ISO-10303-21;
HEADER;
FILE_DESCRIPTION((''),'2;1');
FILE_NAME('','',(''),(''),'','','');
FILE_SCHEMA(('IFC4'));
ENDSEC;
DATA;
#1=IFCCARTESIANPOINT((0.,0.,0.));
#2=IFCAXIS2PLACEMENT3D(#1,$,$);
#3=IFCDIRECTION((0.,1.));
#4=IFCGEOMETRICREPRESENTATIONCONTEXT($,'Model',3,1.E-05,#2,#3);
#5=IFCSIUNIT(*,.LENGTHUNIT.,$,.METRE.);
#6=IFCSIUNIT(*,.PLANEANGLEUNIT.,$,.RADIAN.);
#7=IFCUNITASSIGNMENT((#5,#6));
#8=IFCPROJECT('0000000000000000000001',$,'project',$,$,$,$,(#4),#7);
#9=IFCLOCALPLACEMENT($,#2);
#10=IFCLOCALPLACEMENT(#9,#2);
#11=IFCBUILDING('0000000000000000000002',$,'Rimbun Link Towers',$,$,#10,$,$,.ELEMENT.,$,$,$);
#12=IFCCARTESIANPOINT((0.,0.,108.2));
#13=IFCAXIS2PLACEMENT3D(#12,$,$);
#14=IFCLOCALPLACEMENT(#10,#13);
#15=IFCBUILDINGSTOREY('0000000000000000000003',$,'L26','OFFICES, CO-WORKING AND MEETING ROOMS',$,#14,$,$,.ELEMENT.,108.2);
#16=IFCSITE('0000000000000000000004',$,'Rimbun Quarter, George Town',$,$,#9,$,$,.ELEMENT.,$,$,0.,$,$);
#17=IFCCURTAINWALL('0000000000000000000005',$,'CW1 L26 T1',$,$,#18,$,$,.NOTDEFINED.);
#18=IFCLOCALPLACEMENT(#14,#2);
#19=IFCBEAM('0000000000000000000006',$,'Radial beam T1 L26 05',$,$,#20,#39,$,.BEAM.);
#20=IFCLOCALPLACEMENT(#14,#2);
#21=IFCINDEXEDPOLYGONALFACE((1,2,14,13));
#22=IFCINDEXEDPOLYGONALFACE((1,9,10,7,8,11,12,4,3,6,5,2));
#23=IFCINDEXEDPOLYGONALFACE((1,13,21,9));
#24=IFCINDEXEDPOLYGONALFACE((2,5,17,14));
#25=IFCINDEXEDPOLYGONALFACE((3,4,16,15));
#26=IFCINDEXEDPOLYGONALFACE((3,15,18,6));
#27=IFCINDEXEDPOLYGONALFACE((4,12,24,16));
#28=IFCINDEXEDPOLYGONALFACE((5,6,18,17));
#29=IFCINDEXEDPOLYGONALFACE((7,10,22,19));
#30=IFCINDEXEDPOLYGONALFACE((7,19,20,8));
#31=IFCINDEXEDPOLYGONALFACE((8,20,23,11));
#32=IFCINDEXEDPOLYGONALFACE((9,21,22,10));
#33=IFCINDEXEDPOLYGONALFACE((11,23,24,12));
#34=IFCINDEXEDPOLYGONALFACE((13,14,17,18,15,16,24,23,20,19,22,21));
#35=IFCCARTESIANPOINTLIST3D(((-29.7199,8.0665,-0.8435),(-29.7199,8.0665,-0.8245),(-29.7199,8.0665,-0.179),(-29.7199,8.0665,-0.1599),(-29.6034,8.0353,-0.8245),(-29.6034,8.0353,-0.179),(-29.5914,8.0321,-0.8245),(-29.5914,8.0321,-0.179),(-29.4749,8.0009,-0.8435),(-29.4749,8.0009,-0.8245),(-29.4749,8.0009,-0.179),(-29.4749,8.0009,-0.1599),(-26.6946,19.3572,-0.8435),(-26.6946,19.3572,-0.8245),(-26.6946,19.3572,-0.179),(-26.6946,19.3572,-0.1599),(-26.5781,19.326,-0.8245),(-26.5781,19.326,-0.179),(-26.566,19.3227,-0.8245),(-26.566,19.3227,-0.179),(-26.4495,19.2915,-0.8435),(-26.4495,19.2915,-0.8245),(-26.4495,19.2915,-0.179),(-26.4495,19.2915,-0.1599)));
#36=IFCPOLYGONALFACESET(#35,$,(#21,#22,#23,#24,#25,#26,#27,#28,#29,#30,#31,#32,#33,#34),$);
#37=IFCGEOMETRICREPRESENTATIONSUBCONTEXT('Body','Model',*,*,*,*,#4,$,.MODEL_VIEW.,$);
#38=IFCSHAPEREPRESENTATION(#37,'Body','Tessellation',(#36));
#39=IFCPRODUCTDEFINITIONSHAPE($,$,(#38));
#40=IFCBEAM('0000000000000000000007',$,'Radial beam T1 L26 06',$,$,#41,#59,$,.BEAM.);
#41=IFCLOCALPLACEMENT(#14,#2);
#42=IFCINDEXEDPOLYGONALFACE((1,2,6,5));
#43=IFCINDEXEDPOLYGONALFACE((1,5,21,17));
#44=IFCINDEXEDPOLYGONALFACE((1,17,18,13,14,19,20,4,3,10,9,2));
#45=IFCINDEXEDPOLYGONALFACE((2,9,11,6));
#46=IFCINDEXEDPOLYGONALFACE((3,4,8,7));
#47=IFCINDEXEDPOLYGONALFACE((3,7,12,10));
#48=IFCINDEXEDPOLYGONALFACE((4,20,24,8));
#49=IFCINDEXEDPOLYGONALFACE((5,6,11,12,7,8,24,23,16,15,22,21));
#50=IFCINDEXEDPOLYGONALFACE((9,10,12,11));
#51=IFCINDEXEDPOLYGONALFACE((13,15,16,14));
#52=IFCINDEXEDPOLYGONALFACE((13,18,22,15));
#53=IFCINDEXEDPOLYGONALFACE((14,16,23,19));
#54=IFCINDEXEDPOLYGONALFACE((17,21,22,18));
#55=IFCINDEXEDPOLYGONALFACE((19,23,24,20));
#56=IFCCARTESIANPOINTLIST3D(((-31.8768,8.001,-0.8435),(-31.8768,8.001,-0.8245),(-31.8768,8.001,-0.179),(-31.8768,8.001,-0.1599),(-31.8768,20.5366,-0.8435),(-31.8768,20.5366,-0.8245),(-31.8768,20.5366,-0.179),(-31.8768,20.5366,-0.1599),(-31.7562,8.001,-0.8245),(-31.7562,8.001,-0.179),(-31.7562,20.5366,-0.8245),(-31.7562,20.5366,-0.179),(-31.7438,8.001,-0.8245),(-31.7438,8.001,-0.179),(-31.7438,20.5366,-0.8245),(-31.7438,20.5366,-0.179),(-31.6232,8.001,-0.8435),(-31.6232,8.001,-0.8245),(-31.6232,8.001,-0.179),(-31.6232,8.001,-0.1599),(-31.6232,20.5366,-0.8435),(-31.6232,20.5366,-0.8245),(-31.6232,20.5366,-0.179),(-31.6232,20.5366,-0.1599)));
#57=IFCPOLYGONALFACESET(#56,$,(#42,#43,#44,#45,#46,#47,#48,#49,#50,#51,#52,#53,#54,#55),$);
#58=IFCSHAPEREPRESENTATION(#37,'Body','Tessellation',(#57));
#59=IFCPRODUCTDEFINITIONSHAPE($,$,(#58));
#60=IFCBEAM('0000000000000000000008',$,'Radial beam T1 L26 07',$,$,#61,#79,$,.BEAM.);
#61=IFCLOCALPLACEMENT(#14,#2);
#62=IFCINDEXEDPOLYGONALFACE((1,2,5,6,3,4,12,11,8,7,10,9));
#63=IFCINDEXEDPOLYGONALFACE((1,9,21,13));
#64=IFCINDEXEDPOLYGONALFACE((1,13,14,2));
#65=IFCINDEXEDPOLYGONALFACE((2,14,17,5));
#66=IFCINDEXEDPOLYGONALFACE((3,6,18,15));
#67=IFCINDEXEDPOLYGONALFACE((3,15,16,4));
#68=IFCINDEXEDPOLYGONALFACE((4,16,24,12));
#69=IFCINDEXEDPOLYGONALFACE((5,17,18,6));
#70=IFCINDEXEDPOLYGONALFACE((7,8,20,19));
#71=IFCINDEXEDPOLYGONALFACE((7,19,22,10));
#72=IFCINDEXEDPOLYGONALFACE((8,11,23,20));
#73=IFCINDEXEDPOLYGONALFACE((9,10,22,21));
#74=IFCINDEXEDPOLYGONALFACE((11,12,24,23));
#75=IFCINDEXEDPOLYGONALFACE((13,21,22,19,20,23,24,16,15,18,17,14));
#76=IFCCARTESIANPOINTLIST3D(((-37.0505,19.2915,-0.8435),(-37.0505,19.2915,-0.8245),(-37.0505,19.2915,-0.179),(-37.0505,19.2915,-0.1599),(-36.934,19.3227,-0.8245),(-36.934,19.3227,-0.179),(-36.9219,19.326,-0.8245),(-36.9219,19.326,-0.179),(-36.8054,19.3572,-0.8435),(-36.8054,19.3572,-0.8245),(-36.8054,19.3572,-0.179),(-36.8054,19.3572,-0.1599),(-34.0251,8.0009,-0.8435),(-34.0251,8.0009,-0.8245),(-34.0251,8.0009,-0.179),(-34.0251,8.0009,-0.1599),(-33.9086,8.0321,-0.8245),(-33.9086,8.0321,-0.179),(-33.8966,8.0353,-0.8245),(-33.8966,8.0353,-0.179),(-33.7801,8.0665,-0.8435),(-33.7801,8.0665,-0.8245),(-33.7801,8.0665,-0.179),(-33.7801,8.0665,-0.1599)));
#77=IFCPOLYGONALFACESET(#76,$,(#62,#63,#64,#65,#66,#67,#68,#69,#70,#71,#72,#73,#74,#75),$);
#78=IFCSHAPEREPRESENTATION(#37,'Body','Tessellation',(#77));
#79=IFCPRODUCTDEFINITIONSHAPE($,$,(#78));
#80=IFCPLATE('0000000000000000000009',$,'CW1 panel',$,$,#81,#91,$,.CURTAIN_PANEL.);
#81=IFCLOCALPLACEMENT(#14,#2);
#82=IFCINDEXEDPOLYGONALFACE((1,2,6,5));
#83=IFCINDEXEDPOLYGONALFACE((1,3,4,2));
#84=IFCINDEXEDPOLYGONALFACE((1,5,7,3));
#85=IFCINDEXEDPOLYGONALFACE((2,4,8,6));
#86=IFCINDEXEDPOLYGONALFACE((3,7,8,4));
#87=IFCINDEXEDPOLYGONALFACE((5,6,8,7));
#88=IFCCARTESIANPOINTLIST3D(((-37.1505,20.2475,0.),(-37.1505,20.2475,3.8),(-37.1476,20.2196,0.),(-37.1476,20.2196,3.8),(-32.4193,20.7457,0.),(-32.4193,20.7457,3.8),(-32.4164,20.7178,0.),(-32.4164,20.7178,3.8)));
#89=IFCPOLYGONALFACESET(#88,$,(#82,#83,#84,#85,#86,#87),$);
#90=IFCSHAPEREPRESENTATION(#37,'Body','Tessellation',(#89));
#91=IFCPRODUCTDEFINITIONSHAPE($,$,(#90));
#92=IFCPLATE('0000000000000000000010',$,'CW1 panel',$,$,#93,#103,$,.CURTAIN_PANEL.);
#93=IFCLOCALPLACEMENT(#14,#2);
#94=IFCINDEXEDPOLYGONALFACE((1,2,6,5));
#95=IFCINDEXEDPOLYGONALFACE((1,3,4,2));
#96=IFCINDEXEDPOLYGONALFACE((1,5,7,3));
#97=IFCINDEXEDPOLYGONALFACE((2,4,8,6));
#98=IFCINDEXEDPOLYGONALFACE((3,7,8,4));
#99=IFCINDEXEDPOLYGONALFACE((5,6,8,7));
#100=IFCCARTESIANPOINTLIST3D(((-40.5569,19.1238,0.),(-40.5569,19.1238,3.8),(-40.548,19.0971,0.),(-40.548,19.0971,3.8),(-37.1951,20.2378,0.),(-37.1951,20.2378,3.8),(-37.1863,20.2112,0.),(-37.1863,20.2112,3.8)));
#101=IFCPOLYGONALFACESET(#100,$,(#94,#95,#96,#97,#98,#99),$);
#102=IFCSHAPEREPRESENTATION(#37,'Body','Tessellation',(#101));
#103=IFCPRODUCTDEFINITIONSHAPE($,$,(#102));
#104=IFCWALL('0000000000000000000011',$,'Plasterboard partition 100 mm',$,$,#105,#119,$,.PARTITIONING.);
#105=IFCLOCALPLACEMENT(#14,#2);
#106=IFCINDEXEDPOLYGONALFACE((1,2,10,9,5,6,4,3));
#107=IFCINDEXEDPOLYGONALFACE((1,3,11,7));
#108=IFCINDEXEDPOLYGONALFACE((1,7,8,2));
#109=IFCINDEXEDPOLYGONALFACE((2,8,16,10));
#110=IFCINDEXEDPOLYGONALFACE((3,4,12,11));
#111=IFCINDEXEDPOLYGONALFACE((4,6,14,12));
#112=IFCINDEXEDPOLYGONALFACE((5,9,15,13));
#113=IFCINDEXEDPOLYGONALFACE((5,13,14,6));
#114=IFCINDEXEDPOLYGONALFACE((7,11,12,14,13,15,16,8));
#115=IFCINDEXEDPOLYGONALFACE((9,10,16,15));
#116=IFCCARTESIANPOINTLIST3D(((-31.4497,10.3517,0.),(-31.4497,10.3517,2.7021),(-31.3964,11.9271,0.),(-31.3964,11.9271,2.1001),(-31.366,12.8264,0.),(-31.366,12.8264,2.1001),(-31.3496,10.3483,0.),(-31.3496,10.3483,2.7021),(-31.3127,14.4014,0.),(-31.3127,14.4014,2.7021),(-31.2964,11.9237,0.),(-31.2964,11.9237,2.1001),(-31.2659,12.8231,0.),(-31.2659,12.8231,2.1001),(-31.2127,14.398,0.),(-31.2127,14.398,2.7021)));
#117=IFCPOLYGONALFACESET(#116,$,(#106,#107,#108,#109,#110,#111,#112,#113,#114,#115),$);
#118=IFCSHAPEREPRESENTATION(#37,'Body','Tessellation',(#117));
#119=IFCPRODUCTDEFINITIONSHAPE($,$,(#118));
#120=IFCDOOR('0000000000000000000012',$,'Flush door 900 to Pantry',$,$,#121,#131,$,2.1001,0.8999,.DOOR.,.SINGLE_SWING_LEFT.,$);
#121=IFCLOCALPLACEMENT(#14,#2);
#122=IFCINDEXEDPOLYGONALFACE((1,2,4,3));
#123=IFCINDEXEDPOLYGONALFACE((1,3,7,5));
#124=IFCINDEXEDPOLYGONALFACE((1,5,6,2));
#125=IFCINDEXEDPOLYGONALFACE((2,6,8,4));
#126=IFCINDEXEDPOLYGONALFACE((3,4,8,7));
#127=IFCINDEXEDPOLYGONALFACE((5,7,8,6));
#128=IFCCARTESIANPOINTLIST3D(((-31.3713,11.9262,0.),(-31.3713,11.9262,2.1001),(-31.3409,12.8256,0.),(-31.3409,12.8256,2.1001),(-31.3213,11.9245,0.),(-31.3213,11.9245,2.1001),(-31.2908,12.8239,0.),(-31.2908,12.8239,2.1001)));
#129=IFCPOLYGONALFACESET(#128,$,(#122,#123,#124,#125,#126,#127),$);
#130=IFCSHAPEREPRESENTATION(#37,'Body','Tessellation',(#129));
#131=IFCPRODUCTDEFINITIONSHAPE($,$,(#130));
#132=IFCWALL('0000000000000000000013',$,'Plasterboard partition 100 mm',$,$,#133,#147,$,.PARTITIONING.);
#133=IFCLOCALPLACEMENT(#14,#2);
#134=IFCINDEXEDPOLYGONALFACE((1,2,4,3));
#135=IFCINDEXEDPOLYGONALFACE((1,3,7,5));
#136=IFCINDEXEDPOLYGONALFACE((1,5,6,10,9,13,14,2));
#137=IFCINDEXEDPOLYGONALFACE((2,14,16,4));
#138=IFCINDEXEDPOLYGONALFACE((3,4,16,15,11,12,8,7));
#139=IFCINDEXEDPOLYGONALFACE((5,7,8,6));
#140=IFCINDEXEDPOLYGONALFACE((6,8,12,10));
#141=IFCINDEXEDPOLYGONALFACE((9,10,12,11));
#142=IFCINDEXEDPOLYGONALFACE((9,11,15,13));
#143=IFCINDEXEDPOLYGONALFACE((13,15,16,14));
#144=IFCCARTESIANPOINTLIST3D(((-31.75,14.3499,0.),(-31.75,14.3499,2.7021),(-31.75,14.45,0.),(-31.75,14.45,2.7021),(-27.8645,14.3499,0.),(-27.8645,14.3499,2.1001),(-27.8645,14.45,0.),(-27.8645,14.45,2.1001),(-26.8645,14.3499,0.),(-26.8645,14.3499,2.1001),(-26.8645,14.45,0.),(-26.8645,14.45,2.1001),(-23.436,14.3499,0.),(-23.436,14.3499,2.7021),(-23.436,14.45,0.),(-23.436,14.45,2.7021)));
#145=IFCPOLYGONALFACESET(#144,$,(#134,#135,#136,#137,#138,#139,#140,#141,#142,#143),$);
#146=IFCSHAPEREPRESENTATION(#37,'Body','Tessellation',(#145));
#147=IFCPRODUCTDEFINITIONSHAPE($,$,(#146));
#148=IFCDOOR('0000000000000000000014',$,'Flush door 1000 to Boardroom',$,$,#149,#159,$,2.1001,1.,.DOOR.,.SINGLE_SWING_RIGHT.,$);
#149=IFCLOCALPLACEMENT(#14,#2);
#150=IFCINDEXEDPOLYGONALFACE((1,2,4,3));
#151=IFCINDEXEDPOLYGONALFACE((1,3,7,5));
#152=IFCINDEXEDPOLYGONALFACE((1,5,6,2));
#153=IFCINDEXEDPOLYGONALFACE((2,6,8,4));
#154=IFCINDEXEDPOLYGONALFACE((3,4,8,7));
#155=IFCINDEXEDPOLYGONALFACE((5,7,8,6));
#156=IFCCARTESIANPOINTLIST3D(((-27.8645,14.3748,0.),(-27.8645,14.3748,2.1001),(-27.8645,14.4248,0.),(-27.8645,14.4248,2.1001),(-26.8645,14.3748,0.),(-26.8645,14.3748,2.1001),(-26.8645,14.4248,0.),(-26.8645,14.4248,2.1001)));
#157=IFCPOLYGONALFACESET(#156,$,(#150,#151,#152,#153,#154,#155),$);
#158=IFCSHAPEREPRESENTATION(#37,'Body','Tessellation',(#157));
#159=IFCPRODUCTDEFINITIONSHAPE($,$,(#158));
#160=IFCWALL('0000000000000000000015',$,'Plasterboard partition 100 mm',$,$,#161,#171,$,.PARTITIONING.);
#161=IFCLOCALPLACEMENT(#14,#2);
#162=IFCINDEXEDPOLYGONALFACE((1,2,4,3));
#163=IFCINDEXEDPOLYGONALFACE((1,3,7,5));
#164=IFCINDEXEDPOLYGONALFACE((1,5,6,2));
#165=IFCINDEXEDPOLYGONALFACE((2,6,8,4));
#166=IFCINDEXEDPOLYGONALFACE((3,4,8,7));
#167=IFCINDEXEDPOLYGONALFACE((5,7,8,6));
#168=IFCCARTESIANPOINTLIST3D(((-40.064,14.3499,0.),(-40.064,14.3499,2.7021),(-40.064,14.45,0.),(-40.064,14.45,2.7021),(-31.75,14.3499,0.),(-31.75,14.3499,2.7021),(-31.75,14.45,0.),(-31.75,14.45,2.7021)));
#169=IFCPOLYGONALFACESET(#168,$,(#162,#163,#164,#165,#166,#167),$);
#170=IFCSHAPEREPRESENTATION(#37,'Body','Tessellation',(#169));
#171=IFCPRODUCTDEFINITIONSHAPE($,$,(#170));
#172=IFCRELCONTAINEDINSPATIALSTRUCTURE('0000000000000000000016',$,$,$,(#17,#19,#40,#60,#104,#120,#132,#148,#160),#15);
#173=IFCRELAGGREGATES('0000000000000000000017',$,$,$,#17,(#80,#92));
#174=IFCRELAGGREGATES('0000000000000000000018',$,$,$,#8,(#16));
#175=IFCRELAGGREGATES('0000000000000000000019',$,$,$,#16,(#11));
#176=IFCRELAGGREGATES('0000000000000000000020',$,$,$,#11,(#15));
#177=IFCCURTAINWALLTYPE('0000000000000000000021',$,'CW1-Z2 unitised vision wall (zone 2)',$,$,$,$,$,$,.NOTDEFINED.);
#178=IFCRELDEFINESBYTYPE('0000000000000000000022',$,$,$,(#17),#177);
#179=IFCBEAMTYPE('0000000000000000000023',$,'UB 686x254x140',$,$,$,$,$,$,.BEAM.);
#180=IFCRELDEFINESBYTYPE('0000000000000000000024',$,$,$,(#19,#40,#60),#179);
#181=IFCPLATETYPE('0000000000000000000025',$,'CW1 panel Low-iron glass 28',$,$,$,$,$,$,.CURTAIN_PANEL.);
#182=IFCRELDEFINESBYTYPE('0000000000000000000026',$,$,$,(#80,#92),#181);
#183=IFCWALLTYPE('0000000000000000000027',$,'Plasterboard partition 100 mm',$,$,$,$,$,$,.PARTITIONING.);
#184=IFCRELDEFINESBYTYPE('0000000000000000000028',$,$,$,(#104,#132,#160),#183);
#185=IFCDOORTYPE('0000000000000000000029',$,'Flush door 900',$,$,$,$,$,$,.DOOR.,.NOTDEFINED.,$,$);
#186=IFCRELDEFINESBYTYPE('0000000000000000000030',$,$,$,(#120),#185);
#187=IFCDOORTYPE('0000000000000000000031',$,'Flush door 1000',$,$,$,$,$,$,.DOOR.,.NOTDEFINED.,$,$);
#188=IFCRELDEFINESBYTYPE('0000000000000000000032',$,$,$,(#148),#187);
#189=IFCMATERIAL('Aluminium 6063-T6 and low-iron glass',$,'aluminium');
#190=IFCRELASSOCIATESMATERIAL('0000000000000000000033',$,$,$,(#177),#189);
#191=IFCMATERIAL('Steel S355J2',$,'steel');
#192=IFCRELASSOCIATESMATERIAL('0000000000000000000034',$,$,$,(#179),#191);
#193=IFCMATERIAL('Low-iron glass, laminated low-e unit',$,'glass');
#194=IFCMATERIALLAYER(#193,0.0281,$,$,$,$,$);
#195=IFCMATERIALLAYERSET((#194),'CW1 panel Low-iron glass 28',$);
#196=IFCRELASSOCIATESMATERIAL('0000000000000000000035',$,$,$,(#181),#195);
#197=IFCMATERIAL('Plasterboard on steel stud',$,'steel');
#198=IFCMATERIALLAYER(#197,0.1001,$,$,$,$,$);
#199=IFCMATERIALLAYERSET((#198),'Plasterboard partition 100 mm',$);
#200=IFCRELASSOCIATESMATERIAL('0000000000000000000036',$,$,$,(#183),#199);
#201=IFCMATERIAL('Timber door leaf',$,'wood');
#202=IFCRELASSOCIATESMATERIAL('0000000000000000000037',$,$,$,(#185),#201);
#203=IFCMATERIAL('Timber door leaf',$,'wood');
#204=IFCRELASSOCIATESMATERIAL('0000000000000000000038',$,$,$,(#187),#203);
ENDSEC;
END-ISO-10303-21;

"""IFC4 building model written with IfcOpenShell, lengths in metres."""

from ifc_helpers import new_model, si_unit, direction, frame, frame_2d, origin, origin_2d, place, context, subcontext, project, spatial, rectangle, i_section, extrude, material, layer, layer_set, material_profile, profile_set, type_object, element, fill, aggregate, save


model = new_model("IFC4")

# Units and contexts
model_context = context("Model", 3, precision=1e-05, world=origin(), true_north=direction((0.0, 1.0)))
body_context = subcontext(model_context, "Body", "Model", "MODEL_VIEW")
ifc_project = project(units=[si_unit("LENGTHUNIT", "METRE"), si_unit("PLANEANGLEUNIT", "RADIAN")], contexts=[model_context])

# Site, building, storey
site_placement = place(None, origin())
site = spatial("IfcSite", under=ifc_project, at=site_placement, Name="Rimbun Quarter, George Town", CompositionType="ELEMENT", RefElevation=0.0)
building_placement = place(site_placement, origin())
building = spatial("IfcBuilding", under=site, at=building_placement, Name="Rimbun Link Towers", CompositionType="ELEMENT")
storey_placement = place(building_placement, frame((0.0, 0.0, 108.2)))
storey = spatial("IfcBuildingStorey", under=building, at=storey_placement, Name="L26", Description="OFFICES, CO-WORKING AND MEETING ROOMS", CompositionType="ELEMENT", Elevation=108.2)

# Curtain wall
ifc_material_1 = material(Name="Aluminium 6063-T6 and low-iron glass", Category="aluminium")
curtain_wall_type = type_object("IfcCurtainWallType", Name="CW1-Z2 unitised vision wall (zone 2)", PredefinedType="NOTDEFINED", material=ifc_material_1)
curtain_wall_placement = place(storey_placement, origin())
curtain_wall = element("IfcCurtainWall", 1, at=curtain_wall_placement, inside=storey, type_object=curtain_wall_type, Name="CW1 L26 T1", PredefinedType="NOTDEFINED")

# Beams
ifc_material_2 = material(Name="Steel S355J2", Category="steel")
ifc_material_profile_1 = material_profile(ifc_material_2, i_section(OverallWidth=0.2537, OverallDepth=0.6836, WebThickness=0.0125, FlangeThickness=0.019, at=origin_2d()), Name="UB 686x254x140")
ifc_profile_set_1 = profile_set([ifc_material_profile_1], Name="Steel S355J2")
beam_type_1 = type_object("IfcBeamType", Name="UB 686x254x140", PredefinedType="BEAM", material=ifc_profile_set_1)
beam_1_placement = place(storey_placement, frame((-29.5974, 8.0337, -0.5017), z_axis=(0.258822, 0.965925, 0.0), x_axis=(-0.965925, 0.258822, 0.0)))
element("IfcBeam", 2, at=beam_1_placement, inside=storey, type_object=beam_type_1, Name="Radial beam T1 L26 05", PredefinedType="BEAM", context=body_context, shape_type="SweptSolid", body=[
    extrude(i_section(OverallWidth=0.2537, OverallDepth=0.6836, WebThickness=0.0125, FlangeThickness=0.019, at=origin_2d()), origin(), (0.0, 0.0, 1.0), 11.689),
])
beam_2_placement = place(storey_placement, frame((-31.75, 8.001, -0.5017), z_axis=(0.0, 1.0, 0.0), x_axis=(-1.0, 0.0, 0.0)))
element("IfcBeam", 3, at=beam_2_placement, inside=storey, type_object=beam_type_1, Name="Radial beam T1 L26 06", PredefinedType="BEAM", context=body_context, shape_type="SweptSolid", body=[
    extrude(i_section(OverallWidth=0.2537, OverallDepth=0.6836, WebThickness=0.0125, FlangeThickness=0.019, at=origin_2d()), origin(), (0.0, 0.0, 1.0), 12.5356),
])
beam_3_placement = place(storey_placement, frame((-33.9026, 8.0337, -0.5017), z_axis=(-0.258822, 0.965925, 0.0), x_axis=(-0.965925, -0.258822, 0.0)))
element("IfcBeam", 4, at=beam_3_placement, inside=storey, type_object=beam_type_1, Name="Radial beam T1 L26 07", PredefinedType="BEAM", context=body_context, shape_type="SweptSolid", body=[
    extrude(i_section(OverallWidth=0.2537, OverallDepth=0.6836, WebThickness=0.0125, FlangeThickness=0.019, at=origin_2d()), origin(), (0.0, 0.0, 1.0), 11.689),
])

# Plates
ifc_material_3 = material(Name="Low-iron glass, laminated low-e unit", Category="glass")
ifc_layer_1 = layer(ifc_material_3, 0.0281)
ifc_layer_set_1 = layer_set([ifc_layer_1], Name="CW1 panel Low-iron glass 28")
plate_type = type_object("IfcPlateType", Name="CW1 panel Low-iron glass 28", PredefinedType="CURTAIN_PANEL", material=ifc_layer_set_1)
plate_1_placement = place(storey_placement, frame((-34.7834, 20.4827, 0.0), z_axis=(0.0, 0.0, 1.0), x_axis=(0.994501, 0.104732, 0.0)))
plate_1 = element("IfcPlate", 5, at=plate_1_placement, type_object=plate_type, Name="CW1 panel", PredefinedType="CURTAIN_PANEL", context=body_context, shape_type="SweptSolid", body=[
    extrude(rectangle(XDim=4.7573, YDim=0.0281, at=origin_2d()), origin(), (0.0, 0.0, 1.0), 3.8),
])
plate_2_placement = place(storey_placement, frame((-38.8716, 19.6675, 0.0), z_axis=(0.0, 0.0, 1.0), x_axis=(0.949237, 0.314562, 0.0)))
plate_2 = element("IfcPlate", 6, at=plate_2_placement, type_object=plate_type, Name="CW1 panel", PredefinedType="CURTAIN_PANEL", context=body_context, shape_type="SweptSolid", body=[
    extrude(rectangle(XDim=3.5415, YDim=0.0281, at=origin_2d()), origin(), (0.0, 0.0, 1.0), 3.8),
])
aggregate(curtain_wall, [plate_1, plate_2])

# Walls, openings, doors
ifc_material_4 = material(Name="Plasterboard on steel stud", Category="steel")
ifc_layer_2 = layer(ifc_material_4, 0.1001)
ifc_layer_set_2 = layer_set([ifc_layer_2], Name="Plasterboard partition 100 mm")
wall_type_1 = type_object("IfcWallType", Name="Plasterboard partition 100 mm", PredefinedType="PARTITIONING", material=ifc_layer_set_2)
wall_1_placement = place(storey_placement, frame((-31.3997, 10.3501, 0.0), z_axis=(0.0, 0.0, 1.0), x_axis=(0.0338, 0.999429, 0.0)))
wall_1 = element("IfcWall", 7, at=wall_1_placement, inside=storey, type_object=wall_type_1, Name="Plasterboard partition 100 mm", PredefinedType="PARTITIONING", context=body_context, shape_type="SweptSolid", body=[
    extrude(rectangle(XDim=4.052, YDim=0.1001, at=frame_2d((2.0259, 0.0))), origin(), (0.0, 0.0, 1.0), 2.7021),
])
opening_1_placement = place(wall_1_placement, frame((1.5762, 0.0, 0.0)))
opening_1 = element("IfcOpeningElement", 8, at=opening_1_placement, cuts=wall_1, PredefinedType="OPENING", context=body_context, shape_type="SweptSolid", body=[
    extrude(rectangle(XDim=0.8999, YDim=2.1001, at=frame_2d((0.45, 1.05))), frame((0.0, 0.0601, 0.0), z_axis=(0.0, -1.0, 0.0), x_axis=(1.0, 0.0, 0.0)), (0.0, 0.0, 1.0), 0.1201),
])
ifc_material_5 = material(Name="Timber door leaf", Category="wood")
door_type_1 = type_object("IfcDoorType", Name="Flush door 900", OperationType="NOTDEFINED", PredefinedType="DOOR", material=ifc_material_5)
door_1_placement = place(opening_1_placement, origin())
door_1 = element("IfcDoor", 9, at=door_1_placement, inside=storey, type_object=door_type_1, Name="Flush door 900 to Pantry", OperationType="SINGLE_SWING_LEFT", OverallHeight=2.1001, OverallWidth=0.8999, PredefinedType="DOOR", context=body_context, shape_type="SweptSolid", body=[
    extrude(rectangle(XDim=0.8999, YDim=2.1001, at=frame_2d((0.45, 1.05))), frame((0.0, 0.0249, 0.0), z_axis=(0.0, -1.0, 0.0), x_axis=(1.0, 0.0, 0.0)), (0.0, 0.0, 1.0), 0.05),
])
fill(opening_1, door_1)
wall_2_placement = place(storey_placement, frame((-31.75, 14.3999, 0.0), z_axis=(0.0, 0.0, 1.0), x_axis=(1.0, 0.0, 0.0)))
wall_2 = element("IfcWall", 10, at=wall_2_placement, inside=storey, type_object=wall_type_1, Name="Plasterboard partition 100 mm", PredefinedType="PARTITIONING", context=body_context, shape_type="SweptSolid", body=[
    extrude(rectangle(XDim=8.314, YDim=0.1001, at=frame_2d((4.157, 0.0))), origin(), (0.0, 0.0, 1.0), 2.7021),
])
opening_2_placement = place(wall_2_placement, frame((3.8855, 0.0, 0.0)))
opening_2 = element("IfcOpeningElement", 11, at=opening_2_placement, cuts=wall_2, PredefinedType="OPENING", context=body_context, shape_type="SweptSolid", body=[
    extrude(rectangle(XDim=1.0, YDim=2.1001, at=frame_2d((0.5, 1.05))), frame((0.0, 0.0601, 0.0), z_axis=(0.0, -1.0, 0.0), x_axis=(1.0, 0.0, 0.0)), (0.0, 0.0, 1.0), 0.1201),
])
ifc_material_6 = material(Name="Timber door leaf", Category="wood")
door_type_2 = type_object("IfcDoorType", Name="Flush door 1000", OperationType="NOTDEFINED", PredefinedType="DOOR", material=ifc_material_6)
door_2_placement = place(opening_2_placement, origin())
door_2 = element("IfcDoor", 12, at=door_2_placement, inside=storey, type_object=door_type_2, Name="Flush door 1000 to Boardroom", OperationType="SINGLE_SWING_RIGHT", OverallHeight=2.1001, OverallWidth=1.0, PredefinedType="DOOR", context=body_context, shape_type="SweptSolid", body=[
    extrude(rectangle(XDim=1.0, YDim=2.1001, at=frame_2d((0.5, 1.05))), frame((0.0, 0.0249, 0.0), z_axis=(0.0, -1.0, 0.0), x_axis=(1.0, 0.0, 0.0)), (0.0, 0.0, 1.0), 0.05),
])
fill(opening_2, door_2)

# Wall
wall_3_placement = place(storey_placement, frame((-31.75, 14.3999, 0.0), z_axis=(0.0, 0.0, 1.0), x_axis=(-1.0, 0.0, 0.0)))
element("IfcWall", 13, at=wall_3_placement, inside=storey, type_object=wall_type_1, Name="Plasterboard partition 100 mm", PredefinedType="PARTITIONING", context=body_context, shape_type="SweptSolid", body=[
    extrude(rectangle(XDim=8.314, YDim=0.1001, at=frame_2d((4.157, 0.0))), origin(), (0.0, 0.0, 1.0), 2.7021),
])

save(model, "model.ifc")
